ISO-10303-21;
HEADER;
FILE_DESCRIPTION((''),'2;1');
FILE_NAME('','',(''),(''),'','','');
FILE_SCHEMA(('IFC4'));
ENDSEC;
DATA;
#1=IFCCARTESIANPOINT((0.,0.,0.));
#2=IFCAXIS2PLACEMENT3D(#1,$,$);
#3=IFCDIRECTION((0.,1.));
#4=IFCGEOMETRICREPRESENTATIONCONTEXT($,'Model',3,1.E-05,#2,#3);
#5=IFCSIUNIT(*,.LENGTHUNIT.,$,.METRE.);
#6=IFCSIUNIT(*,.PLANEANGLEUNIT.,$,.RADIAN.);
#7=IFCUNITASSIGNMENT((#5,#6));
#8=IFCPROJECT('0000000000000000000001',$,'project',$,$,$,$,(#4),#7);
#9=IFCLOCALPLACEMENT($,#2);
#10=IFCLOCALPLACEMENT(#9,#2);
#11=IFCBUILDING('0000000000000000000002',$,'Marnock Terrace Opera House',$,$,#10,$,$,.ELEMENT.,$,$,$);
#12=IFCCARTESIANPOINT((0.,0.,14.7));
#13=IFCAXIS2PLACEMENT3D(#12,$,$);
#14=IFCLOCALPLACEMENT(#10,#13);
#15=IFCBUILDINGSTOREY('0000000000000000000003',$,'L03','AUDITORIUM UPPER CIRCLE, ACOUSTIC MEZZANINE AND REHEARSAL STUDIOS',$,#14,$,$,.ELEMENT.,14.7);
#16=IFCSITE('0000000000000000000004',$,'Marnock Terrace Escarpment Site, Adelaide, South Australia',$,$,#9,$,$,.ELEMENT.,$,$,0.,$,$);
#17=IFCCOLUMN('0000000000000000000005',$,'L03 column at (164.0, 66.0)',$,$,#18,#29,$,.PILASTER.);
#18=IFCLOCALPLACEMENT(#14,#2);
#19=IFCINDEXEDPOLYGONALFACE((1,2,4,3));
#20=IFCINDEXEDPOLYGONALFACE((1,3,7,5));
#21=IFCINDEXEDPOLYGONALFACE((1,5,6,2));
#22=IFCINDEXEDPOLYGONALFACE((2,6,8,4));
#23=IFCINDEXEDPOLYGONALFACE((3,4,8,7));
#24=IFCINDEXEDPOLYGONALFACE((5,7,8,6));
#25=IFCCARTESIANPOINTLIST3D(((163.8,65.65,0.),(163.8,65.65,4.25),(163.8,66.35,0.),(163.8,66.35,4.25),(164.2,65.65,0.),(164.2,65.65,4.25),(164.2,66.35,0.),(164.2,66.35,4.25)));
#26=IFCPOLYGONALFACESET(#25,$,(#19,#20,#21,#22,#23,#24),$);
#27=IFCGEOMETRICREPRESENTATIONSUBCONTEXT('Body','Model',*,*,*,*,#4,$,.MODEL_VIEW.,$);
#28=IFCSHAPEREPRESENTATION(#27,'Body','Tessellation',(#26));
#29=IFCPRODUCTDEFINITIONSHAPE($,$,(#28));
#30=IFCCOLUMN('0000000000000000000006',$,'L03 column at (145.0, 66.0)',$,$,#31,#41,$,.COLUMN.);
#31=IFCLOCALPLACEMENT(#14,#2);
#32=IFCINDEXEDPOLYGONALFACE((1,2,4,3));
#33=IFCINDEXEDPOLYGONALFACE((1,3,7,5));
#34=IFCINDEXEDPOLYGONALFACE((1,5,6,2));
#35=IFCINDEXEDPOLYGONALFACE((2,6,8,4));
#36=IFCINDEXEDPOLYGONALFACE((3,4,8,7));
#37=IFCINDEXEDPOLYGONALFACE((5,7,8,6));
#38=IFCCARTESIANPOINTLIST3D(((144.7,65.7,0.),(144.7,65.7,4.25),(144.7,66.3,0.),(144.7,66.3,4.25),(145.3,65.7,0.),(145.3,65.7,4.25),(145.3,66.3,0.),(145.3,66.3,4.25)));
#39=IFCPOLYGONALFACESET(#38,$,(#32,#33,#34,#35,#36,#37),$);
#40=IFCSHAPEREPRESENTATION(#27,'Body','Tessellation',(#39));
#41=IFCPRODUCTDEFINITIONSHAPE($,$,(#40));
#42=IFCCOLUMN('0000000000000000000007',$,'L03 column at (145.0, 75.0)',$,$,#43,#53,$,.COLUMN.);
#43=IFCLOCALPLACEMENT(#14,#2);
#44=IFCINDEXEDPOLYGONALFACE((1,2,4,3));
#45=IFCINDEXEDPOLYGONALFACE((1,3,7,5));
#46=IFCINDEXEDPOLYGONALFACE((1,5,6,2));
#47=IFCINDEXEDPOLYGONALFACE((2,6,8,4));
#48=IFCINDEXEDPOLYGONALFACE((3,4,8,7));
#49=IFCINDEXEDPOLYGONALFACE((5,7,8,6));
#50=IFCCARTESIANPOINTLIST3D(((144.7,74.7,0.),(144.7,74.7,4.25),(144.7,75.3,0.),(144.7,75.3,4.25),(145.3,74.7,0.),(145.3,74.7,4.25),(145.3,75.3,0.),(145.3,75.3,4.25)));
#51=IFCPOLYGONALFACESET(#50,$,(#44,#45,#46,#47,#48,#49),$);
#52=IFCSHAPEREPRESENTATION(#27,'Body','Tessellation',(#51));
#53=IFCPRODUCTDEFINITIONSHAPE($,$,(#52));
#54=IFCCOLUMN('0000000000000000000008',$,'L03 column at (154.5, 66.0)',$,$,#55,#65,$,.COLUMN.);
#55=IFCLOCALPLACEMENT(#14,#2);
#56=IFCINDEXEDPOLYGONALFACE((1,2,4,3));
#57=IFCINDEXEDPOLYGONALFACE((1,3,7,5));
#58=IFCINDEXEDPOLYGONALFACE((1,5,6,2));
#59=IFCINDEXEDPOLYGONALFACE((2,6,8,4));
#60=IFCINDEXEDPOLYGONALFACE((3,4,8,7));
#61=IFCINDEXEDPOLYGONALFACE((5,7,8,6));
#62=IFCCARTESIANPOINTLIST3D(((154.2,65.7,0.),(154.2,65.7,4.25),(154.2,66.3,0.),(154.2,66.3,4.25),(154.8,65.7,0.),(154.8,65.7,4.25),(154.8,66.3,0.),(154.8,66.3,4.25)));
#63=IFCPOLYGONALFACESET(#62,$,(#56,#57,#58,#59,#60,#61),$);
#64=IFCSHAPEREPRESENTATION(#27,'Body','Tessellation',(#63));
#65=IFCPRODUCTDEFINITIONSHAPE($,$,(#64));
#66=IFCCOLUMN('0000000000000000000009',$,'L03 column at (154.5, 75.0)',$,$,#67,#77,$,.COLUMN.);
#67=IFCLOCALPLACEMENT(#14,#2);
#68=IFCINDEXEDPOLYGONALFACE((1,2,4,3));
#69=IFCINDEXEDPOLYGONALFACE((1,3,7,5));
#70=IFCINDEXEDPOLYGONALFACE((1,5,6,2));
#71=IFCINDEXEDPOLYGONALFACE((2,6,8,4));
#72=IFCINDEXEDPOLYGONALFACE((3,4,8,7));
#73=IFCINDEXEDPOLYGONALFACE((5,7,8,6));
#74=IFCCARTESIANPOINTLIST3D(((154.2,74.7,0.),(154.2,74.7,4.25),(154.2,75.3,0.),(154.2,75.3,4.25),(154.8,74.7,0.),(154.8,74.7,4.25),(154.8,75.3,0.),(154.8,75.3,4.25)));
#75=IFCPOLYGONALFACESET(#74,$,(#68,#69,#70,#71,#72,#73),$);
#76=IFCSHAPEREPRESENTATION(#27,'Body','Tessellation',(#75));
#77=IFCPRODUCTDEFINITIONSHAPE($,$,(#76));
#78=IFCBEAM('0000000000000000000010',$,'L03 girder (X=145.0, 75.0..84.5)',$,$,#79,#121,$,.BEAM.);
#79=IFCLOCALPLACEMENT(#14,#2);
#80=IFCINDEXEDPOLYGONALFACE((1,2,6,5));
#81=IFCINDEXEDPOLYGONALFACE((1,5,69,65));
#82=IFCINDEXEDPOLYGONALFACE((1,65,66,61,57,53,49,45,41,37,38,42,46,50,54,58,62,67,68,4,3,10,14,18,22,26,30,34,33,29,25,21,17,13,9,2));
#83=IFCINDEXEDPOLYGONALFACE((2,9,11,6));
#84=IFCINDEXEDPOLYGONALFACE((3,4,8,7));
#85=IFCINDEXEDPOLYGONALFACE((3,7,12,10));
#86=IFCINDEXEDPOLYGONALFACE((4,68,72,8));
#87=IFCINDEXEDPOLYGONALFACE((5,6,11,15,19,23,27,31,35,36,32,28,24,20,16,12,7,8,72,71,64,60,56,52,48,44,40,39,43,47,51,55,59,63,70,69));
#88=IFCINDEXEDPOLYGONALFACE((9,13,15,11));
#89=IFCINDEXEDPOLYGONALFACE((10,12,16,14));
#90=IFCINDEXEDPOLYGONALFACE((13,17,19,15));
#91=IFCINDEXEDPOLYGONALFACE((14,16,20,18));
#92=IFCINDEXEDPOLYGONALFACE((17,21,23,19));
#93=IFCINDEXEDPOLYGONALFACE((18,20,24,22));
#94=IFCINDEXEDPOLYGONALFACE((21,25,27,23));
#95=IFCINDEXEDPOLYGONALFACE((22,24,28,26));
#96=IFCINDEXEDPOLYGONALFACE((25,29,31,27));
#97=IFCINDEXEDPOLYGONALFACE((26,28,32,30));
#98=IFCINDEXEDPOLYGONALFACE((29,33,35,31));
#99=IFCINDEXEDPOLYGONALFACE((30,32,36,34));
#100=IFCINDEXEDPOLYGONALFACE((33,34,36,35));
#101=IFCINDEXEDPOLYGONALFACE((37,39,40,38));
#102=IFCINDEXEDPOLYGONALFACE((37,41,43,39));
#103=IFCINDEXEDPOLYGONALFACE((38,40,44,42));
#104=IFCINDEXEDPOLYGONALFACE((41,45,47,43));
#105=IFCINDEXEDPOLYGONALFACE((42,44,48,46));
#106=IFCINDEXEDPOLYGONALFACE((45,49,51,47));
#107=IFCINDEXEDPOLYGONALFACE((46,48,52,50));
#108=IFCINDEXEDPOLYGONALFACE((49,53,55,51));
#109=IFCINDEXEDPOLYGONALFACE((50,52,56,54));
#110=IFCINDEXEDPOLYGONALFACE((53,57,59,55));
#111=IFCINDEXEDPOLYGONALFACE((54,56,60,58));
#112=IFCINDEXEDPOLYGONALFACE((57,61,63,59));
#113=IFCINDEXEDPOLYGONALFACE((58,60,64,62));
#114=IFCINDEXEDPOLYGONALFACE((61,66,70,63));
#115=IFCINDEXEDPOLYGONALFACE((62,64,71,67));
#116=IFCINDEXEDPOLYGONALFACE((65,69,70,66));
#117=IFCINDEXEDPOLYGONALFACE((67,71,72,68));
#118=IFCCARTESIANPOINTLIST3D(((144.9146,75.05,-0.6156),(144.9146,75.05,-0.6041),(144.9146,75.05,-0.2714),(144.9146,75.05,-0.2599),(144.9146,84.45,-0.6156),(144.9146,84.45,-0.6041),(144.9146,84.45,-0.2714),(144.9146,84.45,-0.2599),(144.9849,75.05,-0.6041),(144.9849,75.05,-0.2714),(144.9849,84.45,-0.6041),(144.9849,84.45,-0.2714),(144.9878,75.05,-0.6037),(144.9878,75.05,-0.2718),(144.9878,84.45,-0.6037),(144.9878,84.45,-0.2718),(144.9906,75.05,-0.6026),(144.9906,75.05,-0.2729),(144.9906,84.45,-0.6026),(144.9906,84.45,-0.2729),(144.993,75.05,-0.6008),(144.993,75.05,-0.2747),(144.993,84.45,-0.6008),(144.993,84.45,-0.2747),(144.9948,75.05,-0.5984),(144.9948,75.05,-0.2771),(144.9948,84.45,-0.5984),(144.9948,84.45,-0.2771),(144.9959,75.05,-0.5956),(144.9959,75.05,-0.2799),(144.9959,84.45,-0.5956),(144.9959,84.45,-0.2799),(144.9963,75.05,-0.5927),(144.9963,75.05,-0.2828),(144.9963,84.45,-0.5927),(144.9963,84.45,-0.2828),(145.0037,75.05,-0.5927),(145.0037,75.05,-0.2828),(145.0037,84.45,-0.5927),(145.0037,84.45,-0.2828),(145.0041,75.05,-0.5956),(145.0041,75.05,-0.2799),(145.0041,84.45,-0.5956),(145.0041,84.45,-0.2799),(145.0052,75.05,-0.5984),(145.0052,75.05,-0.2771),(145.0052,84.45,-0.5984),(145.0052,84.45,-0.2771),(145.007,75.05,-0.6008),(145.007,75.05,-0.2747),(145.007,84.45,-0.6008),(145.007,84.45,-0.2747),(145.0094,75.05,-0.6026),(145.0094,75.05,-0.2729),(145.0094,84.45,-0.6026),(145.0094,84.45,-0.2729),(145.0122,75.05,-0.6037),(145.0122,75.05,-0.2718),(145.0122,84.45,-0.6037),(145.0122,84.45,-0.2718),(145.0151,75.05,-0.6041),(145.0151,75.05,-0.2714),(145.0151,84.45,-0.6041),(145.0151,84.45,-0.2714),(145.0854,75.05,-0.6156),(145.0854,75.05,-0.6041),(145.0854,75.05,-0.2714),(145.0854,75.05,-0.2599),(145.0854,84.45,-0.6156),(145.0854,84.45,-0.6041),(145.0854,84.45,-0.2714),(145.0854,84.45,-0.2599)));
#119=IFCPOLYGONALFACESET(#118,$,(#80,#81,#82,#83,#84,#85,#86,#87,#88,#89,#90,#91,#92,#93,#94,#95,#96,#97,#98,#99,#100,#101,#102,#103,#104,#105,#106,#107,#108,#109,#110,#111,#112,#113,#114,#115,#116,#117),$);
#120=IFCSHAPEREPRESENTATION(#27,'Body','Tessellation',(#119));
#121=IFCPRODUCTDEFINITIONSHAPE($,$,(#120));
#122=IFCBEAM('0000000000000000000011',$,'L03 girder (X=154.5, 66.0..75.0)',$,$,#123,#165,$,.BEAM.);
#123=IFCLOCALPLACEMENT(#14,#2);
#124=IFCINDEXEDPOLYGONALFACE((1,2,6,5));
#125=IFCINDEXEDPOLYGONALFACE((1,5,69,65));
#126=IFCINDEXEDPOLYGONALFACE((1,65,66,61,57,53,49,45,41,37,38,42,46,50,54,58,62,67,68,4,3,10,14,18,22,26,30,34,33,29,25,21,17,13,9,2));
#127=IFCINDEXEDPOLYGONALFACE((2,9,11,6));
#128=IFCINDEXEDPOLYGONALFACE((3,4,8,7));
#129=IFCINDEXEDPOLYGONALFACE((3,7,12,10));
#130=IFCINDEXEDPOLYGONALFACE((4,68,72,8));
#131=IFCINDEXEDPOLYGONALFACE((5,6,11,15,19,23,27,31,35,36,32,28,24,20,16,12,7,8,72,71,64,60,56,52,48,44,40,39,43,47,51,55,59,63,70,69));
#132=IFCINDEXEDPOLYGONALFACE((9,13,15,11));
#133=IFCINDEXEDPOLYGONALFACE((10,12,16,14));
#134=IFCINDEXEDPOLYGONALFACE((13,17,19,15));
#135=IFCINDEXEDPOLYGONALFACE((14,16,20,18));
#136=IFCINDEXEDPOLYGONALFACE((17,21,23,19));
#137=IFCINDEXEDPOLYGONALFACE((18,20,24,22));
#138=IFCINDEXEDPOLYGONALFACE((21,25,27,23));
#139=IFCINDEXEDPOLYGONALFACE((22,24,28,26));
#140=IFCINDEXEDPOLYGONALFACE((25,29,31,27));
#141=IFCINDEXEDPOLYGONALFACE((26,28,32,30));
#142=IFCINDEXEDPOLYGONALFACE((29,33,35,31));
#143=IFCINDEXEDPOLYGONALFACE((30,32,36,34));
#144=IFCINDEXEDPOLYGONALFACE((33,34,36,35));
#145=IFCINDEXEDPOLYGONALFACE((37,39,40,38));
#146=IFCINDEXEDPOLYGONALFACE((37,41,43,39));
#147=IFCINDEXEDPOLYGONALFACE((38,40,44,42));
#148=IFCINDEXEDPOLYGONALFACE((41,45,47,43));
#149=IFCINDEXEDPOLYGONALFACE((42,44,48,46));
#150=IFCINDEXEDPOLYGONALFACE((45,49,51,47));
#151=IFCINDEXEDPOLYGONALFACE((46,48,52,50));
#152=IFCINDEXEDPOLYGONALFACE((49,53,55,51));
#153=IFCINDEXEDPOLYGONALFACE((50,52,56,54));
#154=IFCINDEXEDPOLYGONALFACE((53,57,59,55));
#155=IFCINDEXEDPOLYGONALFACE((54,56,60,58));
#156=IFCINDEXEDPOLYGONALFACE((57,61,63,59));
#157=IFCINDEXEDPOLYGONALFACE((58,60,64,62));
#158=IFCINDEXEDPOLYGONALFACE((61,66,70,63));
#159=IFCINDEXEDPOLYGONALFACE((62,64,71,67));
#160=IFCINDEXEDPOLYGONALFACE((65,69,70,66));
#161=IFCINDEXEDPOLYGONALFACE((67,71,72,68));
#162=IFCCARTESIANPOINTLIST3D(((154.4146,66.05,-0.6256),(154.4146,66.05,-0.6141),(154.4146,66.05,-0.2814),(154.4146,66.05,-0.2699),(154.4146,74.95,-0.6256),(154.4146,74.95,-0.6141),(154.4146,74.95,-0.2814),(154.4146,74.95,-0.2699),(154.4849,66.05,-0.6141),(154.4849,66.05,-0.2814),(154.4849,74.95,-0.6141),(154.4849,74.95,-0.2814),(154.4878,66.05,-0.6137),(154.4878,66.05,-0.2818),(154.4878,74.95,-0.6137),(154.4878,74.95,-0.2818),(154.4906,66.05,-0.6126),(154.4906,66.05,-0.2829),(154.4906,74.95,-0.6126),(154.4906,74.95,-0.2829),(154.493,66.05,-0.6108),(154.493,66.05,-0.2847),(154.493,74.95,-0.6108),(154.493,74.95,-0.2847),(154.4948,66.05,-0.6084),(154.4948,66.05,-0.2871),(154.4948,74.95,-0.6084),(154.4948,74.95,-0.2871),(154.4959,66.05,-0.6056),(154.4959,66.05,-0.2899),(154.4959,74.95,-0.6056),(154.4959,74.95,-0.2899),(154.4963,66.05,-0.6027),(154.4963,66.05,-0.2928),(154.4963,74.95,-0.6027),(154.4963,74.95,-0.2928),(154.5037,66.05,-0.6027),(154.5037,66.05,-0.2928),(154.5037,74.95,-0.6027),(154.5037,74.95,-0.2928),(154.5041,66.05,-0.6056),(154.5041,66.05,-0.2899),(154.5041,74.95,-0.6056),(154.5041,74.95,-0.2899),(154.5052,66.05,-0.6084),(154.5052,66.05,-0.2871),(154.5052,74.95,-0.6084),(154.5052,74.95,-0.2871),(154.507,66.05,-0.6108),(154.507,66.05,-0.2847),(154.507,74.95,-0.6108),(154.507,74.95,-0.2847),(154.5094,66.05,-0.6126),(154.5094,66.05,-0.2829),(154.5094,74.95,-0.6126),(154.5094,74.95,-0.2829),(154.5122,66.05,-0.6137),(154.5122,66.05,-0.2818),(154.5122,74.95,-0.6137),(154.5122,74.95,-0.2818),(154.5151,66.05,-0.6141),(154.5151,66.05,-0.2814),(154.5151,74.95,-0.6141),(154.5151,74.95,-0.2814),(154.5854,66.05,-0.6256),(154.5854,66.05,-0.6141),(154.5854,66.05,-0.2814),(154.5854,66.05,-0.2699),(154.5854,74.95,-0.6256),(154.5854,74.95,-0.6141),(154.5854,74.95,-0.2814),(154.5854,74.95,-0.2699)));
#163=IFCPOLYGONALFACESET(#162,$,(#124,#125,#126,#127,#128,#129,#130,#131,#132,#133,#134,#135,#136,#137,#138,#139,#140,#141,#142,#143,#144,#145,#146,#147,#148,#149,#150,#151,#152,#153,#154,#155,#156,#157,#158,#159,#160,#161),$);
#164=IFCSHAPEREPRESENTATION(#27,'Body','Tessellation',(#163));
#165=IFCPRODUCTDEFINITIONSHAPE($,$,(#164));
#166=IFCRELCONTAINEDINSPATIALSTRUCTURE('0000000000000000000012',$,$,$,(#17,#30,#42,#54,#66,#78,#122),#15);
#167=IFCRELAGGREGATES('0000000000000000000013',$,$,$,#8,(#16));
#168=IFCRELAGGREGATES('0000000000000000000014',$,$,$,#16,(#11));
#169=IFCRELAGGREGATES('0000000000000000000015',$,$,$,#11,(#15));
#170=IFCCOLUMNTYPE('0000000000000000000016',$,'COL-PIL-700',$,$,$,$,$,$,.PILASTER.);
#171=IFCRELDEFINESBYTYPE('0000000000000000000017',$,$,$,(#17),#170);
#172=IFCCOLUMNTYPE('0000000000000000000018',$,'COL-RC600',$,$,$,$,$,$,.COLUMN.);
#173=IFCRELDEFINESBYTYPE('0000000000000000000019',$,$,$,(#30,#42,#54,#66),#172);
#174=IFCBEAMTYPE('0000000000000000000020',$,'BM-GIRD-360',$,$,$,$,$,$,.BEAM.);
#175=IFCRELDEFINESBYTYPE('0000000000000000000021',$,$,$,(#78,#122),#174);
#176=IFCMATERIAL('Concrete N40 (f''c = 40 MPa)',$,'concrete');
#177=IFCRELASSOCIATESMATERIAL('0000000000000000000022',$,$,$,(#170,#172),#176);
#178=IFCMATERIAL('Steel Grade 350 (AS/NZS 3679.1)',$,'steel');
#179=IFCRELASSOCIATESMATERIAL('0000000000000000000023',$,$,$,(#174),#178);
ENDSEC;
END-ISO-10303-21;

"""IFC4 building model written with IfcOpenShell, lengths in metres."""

from ifc_helpers import new_model, si_unit, direction, frame, origin, origin_2d, place, context, subcontext, project, spatial, rectangle, i_section, extrude, material, material_profile, profile_set, type_object, element, save


model = new_model("IFC4")

# Units and contexts
model_context = context("Model", 3, precision=1e-05, world=origin(), true_north=direction((0.0, 1.0)))
body_context = subcontext(model_context, "Body", "Model", "MODEL_VIEW")
ifc_project = project(units=[si_unit("LENGTHUNIT", "METRE"), si_unit("PLANEANGLEUNIT", "RADIAN")], contexts=[model_context])

# Site, building, storey
site_placement = place(None, origin())
site = spatial("IfcSite", under=ifc_project, at=site_placement, Name="Marnock Terrace Escarpment Site, Adelaide, South Australia", CompositionType="ELEMENT", RefElevation=0.0)
building_placement = place(site_placement, origin())
building = spatial("IfcBuilding", under=site, at=building_placement, Name="Marnock Terrace Opera House", CompositionType="ELEMENT")
storey_placement = place(building_placement, frame((0.0, 0.0, 14.7)))
storey = spatial("IfcBuildingStorey", under=building, at=storey_placement, Name="L03", Description="AUDITORIUM UPPER CIRCLE, ACOUSTIC MEZZANINE AND REHEARSAL STUDIOS", CompositionType="ELEMENT", Elevation=14.7)

# Columns
ifc_material_1 = material(Name="Concrete N40 (f'c = 40 MPa)", Category="concrete")
ifc_material_profile_1 = material_profile(ifc_material_1, rectangle(XDim=0.3999, YDim=0.7, at=origin_2d()))
ifc_profile_set_1 = profile_set([ifc_material_profile_1], Name="Concrete N40 (f'c = 40 MPa)")
column_type_1 = type_object("IfcColumnType", Name="COL-PIL-700", PredefinedType="PILASTER", material=ifc_profile_set_1)
column_placement = place(storey_placement, frame((164.0, 66.0, 0.0), z_axis=(0.0, 0.0, 1.0), x_axis=(1.0, 0.0, 0.0)))
element("IfcColumn", 1, at=column_placement, inside=storey, type_object=column_type_1, Name="L03 column at (164.0, 66.0)", PredefinedType="PILASTER", context=body_context, shape_type="SweptSolid", body=[
    extrude(rectangle(XDim=0.3999, YDim=0.7, at=origin_2d()), origin(), (0.0, 0.0, 1.0), 4.25),
])
ifc_material_profile_2 = material_profile(ifc_material_1, rectangle(XDim=0.6001, YDim=0.6001, at=origin_2d()))
ifc_profile_set_2 = profile_set([ifc_material_profile_2], Name="Concrete N40 (f'c = 40 MPa)")
column_type_2 = type_object("IfcColumnType", Name="COL-RC600", PredefinedType="COLUMN", material=ifc_profile_set_2)
for number, where, z_axis, x_axis, name in (
    (2, (145.0, 66.0, 0.0), (0.0, 0.0, 1.0), (1.0, 0.0, 0.0), "L03 column at (145.0, 66.0)"),
    (3, (145.0, 75.0, 0.0), (0.0, 0.0, 1.0), (1.0, 0.0, 0.0), "L03 column at (145.0, 75.0)"),
    (4, (154.5, 66.0, 0.0), (0.0, 0.0, 1.0), (1.0, 0.0, 0.0), "L03 column at (154.5, 66.0)"),
    (5, (154.5, 75.0, 0.0), (0.0, 0.0, 1.0), (1.0, 0.0, 0.0), "L03 column at (154.5, 75.0)"),
):
    element("IfcColumn", number, at=place(storey_placement, frame(where, z_axis=z_axis, x_axis=x_axis)), inside=storey, type_object=column_type_2, Name=name, PredefinedType="COLUMN", context=body_context, shape_type="SweptSolid", body=[
        extrude(rectangle(XDim=0.6001, YDim=0.6001, at=origin_2d()), origin(), (0.0, 0.0, 1.0), 4.25),
    ])

# Beams
ifc_material_2 = material(Name="Steel Grade 350 (AS/NZS 3679.1)", Category="steel")
ifc_material_profile_3 = material_profile(ifc_material_2, i_section(OverallWidth=0.1709, OverallDepth=0.3557, WebThickness=0.0073, FlangeThickness=0.0115, FilletRadius=0.0115, at=origin_2d()))
ifc_profile_set_3 = profile_set([ifc_material_profile_3], Name="Steel Grade 350 (AS/NZS 3679.1)")
beam_type_1 = type_object("IfcBeamType", Name="BM-GIRD-360", PredefinedType="BEAM", material=ifc_profile_set_3)
beam_1_placement = place(storey_placement, frame((145.0, 75.05, -0.4377), z_axis=(0.0, 1.0, 0.0), x_axis=(-1.0, 0.0, 0.0)))
element("IfcBeam", 6, at=beam_1_placement, inside=storey, type_object=beam_type_1, Name="L03 girder (X=145.0, 75.0..84.5)", PredefinedType="BEAM", context=body_context, shape_type="SweptSolid", body=[
    extrude(i_section(OverallWidth=0.1709, OverallDepth=0.3557, WebThickness=0.0073, FlangeThickness=0.0115, FilletRadius=0.0115, at=origin_2d()), origin(), (0.0, 0.0, 1.0), 9.3999),
])
beam_2_placement = place(storey_placement, frame((154.5, 66.05, -0.4478), z_axis=(0.0, 1.0, 0.0), x_axis=(-1.0, 0.0, 0.0)))
element("IfcBeam", 7, at=beam_2_placement, inside=storey, type_object=beam_type_1, Name="L03 girder (X=154.5, 66.0..75.0)", PredefinedType="BEAM", context=body_context, shape_type="SweptSolid", body=[
    extrude(i_section(OverallWidth=0.1709, OverallDepth=0.3557, WebThickness=0.0073, FlangeThickness=0.0115, FilletRadius=0.0115, at=origin_2d()), origin(), (0.0, 0.0, 1.0), 8.8999),
])

save(model, "model.ifc")
